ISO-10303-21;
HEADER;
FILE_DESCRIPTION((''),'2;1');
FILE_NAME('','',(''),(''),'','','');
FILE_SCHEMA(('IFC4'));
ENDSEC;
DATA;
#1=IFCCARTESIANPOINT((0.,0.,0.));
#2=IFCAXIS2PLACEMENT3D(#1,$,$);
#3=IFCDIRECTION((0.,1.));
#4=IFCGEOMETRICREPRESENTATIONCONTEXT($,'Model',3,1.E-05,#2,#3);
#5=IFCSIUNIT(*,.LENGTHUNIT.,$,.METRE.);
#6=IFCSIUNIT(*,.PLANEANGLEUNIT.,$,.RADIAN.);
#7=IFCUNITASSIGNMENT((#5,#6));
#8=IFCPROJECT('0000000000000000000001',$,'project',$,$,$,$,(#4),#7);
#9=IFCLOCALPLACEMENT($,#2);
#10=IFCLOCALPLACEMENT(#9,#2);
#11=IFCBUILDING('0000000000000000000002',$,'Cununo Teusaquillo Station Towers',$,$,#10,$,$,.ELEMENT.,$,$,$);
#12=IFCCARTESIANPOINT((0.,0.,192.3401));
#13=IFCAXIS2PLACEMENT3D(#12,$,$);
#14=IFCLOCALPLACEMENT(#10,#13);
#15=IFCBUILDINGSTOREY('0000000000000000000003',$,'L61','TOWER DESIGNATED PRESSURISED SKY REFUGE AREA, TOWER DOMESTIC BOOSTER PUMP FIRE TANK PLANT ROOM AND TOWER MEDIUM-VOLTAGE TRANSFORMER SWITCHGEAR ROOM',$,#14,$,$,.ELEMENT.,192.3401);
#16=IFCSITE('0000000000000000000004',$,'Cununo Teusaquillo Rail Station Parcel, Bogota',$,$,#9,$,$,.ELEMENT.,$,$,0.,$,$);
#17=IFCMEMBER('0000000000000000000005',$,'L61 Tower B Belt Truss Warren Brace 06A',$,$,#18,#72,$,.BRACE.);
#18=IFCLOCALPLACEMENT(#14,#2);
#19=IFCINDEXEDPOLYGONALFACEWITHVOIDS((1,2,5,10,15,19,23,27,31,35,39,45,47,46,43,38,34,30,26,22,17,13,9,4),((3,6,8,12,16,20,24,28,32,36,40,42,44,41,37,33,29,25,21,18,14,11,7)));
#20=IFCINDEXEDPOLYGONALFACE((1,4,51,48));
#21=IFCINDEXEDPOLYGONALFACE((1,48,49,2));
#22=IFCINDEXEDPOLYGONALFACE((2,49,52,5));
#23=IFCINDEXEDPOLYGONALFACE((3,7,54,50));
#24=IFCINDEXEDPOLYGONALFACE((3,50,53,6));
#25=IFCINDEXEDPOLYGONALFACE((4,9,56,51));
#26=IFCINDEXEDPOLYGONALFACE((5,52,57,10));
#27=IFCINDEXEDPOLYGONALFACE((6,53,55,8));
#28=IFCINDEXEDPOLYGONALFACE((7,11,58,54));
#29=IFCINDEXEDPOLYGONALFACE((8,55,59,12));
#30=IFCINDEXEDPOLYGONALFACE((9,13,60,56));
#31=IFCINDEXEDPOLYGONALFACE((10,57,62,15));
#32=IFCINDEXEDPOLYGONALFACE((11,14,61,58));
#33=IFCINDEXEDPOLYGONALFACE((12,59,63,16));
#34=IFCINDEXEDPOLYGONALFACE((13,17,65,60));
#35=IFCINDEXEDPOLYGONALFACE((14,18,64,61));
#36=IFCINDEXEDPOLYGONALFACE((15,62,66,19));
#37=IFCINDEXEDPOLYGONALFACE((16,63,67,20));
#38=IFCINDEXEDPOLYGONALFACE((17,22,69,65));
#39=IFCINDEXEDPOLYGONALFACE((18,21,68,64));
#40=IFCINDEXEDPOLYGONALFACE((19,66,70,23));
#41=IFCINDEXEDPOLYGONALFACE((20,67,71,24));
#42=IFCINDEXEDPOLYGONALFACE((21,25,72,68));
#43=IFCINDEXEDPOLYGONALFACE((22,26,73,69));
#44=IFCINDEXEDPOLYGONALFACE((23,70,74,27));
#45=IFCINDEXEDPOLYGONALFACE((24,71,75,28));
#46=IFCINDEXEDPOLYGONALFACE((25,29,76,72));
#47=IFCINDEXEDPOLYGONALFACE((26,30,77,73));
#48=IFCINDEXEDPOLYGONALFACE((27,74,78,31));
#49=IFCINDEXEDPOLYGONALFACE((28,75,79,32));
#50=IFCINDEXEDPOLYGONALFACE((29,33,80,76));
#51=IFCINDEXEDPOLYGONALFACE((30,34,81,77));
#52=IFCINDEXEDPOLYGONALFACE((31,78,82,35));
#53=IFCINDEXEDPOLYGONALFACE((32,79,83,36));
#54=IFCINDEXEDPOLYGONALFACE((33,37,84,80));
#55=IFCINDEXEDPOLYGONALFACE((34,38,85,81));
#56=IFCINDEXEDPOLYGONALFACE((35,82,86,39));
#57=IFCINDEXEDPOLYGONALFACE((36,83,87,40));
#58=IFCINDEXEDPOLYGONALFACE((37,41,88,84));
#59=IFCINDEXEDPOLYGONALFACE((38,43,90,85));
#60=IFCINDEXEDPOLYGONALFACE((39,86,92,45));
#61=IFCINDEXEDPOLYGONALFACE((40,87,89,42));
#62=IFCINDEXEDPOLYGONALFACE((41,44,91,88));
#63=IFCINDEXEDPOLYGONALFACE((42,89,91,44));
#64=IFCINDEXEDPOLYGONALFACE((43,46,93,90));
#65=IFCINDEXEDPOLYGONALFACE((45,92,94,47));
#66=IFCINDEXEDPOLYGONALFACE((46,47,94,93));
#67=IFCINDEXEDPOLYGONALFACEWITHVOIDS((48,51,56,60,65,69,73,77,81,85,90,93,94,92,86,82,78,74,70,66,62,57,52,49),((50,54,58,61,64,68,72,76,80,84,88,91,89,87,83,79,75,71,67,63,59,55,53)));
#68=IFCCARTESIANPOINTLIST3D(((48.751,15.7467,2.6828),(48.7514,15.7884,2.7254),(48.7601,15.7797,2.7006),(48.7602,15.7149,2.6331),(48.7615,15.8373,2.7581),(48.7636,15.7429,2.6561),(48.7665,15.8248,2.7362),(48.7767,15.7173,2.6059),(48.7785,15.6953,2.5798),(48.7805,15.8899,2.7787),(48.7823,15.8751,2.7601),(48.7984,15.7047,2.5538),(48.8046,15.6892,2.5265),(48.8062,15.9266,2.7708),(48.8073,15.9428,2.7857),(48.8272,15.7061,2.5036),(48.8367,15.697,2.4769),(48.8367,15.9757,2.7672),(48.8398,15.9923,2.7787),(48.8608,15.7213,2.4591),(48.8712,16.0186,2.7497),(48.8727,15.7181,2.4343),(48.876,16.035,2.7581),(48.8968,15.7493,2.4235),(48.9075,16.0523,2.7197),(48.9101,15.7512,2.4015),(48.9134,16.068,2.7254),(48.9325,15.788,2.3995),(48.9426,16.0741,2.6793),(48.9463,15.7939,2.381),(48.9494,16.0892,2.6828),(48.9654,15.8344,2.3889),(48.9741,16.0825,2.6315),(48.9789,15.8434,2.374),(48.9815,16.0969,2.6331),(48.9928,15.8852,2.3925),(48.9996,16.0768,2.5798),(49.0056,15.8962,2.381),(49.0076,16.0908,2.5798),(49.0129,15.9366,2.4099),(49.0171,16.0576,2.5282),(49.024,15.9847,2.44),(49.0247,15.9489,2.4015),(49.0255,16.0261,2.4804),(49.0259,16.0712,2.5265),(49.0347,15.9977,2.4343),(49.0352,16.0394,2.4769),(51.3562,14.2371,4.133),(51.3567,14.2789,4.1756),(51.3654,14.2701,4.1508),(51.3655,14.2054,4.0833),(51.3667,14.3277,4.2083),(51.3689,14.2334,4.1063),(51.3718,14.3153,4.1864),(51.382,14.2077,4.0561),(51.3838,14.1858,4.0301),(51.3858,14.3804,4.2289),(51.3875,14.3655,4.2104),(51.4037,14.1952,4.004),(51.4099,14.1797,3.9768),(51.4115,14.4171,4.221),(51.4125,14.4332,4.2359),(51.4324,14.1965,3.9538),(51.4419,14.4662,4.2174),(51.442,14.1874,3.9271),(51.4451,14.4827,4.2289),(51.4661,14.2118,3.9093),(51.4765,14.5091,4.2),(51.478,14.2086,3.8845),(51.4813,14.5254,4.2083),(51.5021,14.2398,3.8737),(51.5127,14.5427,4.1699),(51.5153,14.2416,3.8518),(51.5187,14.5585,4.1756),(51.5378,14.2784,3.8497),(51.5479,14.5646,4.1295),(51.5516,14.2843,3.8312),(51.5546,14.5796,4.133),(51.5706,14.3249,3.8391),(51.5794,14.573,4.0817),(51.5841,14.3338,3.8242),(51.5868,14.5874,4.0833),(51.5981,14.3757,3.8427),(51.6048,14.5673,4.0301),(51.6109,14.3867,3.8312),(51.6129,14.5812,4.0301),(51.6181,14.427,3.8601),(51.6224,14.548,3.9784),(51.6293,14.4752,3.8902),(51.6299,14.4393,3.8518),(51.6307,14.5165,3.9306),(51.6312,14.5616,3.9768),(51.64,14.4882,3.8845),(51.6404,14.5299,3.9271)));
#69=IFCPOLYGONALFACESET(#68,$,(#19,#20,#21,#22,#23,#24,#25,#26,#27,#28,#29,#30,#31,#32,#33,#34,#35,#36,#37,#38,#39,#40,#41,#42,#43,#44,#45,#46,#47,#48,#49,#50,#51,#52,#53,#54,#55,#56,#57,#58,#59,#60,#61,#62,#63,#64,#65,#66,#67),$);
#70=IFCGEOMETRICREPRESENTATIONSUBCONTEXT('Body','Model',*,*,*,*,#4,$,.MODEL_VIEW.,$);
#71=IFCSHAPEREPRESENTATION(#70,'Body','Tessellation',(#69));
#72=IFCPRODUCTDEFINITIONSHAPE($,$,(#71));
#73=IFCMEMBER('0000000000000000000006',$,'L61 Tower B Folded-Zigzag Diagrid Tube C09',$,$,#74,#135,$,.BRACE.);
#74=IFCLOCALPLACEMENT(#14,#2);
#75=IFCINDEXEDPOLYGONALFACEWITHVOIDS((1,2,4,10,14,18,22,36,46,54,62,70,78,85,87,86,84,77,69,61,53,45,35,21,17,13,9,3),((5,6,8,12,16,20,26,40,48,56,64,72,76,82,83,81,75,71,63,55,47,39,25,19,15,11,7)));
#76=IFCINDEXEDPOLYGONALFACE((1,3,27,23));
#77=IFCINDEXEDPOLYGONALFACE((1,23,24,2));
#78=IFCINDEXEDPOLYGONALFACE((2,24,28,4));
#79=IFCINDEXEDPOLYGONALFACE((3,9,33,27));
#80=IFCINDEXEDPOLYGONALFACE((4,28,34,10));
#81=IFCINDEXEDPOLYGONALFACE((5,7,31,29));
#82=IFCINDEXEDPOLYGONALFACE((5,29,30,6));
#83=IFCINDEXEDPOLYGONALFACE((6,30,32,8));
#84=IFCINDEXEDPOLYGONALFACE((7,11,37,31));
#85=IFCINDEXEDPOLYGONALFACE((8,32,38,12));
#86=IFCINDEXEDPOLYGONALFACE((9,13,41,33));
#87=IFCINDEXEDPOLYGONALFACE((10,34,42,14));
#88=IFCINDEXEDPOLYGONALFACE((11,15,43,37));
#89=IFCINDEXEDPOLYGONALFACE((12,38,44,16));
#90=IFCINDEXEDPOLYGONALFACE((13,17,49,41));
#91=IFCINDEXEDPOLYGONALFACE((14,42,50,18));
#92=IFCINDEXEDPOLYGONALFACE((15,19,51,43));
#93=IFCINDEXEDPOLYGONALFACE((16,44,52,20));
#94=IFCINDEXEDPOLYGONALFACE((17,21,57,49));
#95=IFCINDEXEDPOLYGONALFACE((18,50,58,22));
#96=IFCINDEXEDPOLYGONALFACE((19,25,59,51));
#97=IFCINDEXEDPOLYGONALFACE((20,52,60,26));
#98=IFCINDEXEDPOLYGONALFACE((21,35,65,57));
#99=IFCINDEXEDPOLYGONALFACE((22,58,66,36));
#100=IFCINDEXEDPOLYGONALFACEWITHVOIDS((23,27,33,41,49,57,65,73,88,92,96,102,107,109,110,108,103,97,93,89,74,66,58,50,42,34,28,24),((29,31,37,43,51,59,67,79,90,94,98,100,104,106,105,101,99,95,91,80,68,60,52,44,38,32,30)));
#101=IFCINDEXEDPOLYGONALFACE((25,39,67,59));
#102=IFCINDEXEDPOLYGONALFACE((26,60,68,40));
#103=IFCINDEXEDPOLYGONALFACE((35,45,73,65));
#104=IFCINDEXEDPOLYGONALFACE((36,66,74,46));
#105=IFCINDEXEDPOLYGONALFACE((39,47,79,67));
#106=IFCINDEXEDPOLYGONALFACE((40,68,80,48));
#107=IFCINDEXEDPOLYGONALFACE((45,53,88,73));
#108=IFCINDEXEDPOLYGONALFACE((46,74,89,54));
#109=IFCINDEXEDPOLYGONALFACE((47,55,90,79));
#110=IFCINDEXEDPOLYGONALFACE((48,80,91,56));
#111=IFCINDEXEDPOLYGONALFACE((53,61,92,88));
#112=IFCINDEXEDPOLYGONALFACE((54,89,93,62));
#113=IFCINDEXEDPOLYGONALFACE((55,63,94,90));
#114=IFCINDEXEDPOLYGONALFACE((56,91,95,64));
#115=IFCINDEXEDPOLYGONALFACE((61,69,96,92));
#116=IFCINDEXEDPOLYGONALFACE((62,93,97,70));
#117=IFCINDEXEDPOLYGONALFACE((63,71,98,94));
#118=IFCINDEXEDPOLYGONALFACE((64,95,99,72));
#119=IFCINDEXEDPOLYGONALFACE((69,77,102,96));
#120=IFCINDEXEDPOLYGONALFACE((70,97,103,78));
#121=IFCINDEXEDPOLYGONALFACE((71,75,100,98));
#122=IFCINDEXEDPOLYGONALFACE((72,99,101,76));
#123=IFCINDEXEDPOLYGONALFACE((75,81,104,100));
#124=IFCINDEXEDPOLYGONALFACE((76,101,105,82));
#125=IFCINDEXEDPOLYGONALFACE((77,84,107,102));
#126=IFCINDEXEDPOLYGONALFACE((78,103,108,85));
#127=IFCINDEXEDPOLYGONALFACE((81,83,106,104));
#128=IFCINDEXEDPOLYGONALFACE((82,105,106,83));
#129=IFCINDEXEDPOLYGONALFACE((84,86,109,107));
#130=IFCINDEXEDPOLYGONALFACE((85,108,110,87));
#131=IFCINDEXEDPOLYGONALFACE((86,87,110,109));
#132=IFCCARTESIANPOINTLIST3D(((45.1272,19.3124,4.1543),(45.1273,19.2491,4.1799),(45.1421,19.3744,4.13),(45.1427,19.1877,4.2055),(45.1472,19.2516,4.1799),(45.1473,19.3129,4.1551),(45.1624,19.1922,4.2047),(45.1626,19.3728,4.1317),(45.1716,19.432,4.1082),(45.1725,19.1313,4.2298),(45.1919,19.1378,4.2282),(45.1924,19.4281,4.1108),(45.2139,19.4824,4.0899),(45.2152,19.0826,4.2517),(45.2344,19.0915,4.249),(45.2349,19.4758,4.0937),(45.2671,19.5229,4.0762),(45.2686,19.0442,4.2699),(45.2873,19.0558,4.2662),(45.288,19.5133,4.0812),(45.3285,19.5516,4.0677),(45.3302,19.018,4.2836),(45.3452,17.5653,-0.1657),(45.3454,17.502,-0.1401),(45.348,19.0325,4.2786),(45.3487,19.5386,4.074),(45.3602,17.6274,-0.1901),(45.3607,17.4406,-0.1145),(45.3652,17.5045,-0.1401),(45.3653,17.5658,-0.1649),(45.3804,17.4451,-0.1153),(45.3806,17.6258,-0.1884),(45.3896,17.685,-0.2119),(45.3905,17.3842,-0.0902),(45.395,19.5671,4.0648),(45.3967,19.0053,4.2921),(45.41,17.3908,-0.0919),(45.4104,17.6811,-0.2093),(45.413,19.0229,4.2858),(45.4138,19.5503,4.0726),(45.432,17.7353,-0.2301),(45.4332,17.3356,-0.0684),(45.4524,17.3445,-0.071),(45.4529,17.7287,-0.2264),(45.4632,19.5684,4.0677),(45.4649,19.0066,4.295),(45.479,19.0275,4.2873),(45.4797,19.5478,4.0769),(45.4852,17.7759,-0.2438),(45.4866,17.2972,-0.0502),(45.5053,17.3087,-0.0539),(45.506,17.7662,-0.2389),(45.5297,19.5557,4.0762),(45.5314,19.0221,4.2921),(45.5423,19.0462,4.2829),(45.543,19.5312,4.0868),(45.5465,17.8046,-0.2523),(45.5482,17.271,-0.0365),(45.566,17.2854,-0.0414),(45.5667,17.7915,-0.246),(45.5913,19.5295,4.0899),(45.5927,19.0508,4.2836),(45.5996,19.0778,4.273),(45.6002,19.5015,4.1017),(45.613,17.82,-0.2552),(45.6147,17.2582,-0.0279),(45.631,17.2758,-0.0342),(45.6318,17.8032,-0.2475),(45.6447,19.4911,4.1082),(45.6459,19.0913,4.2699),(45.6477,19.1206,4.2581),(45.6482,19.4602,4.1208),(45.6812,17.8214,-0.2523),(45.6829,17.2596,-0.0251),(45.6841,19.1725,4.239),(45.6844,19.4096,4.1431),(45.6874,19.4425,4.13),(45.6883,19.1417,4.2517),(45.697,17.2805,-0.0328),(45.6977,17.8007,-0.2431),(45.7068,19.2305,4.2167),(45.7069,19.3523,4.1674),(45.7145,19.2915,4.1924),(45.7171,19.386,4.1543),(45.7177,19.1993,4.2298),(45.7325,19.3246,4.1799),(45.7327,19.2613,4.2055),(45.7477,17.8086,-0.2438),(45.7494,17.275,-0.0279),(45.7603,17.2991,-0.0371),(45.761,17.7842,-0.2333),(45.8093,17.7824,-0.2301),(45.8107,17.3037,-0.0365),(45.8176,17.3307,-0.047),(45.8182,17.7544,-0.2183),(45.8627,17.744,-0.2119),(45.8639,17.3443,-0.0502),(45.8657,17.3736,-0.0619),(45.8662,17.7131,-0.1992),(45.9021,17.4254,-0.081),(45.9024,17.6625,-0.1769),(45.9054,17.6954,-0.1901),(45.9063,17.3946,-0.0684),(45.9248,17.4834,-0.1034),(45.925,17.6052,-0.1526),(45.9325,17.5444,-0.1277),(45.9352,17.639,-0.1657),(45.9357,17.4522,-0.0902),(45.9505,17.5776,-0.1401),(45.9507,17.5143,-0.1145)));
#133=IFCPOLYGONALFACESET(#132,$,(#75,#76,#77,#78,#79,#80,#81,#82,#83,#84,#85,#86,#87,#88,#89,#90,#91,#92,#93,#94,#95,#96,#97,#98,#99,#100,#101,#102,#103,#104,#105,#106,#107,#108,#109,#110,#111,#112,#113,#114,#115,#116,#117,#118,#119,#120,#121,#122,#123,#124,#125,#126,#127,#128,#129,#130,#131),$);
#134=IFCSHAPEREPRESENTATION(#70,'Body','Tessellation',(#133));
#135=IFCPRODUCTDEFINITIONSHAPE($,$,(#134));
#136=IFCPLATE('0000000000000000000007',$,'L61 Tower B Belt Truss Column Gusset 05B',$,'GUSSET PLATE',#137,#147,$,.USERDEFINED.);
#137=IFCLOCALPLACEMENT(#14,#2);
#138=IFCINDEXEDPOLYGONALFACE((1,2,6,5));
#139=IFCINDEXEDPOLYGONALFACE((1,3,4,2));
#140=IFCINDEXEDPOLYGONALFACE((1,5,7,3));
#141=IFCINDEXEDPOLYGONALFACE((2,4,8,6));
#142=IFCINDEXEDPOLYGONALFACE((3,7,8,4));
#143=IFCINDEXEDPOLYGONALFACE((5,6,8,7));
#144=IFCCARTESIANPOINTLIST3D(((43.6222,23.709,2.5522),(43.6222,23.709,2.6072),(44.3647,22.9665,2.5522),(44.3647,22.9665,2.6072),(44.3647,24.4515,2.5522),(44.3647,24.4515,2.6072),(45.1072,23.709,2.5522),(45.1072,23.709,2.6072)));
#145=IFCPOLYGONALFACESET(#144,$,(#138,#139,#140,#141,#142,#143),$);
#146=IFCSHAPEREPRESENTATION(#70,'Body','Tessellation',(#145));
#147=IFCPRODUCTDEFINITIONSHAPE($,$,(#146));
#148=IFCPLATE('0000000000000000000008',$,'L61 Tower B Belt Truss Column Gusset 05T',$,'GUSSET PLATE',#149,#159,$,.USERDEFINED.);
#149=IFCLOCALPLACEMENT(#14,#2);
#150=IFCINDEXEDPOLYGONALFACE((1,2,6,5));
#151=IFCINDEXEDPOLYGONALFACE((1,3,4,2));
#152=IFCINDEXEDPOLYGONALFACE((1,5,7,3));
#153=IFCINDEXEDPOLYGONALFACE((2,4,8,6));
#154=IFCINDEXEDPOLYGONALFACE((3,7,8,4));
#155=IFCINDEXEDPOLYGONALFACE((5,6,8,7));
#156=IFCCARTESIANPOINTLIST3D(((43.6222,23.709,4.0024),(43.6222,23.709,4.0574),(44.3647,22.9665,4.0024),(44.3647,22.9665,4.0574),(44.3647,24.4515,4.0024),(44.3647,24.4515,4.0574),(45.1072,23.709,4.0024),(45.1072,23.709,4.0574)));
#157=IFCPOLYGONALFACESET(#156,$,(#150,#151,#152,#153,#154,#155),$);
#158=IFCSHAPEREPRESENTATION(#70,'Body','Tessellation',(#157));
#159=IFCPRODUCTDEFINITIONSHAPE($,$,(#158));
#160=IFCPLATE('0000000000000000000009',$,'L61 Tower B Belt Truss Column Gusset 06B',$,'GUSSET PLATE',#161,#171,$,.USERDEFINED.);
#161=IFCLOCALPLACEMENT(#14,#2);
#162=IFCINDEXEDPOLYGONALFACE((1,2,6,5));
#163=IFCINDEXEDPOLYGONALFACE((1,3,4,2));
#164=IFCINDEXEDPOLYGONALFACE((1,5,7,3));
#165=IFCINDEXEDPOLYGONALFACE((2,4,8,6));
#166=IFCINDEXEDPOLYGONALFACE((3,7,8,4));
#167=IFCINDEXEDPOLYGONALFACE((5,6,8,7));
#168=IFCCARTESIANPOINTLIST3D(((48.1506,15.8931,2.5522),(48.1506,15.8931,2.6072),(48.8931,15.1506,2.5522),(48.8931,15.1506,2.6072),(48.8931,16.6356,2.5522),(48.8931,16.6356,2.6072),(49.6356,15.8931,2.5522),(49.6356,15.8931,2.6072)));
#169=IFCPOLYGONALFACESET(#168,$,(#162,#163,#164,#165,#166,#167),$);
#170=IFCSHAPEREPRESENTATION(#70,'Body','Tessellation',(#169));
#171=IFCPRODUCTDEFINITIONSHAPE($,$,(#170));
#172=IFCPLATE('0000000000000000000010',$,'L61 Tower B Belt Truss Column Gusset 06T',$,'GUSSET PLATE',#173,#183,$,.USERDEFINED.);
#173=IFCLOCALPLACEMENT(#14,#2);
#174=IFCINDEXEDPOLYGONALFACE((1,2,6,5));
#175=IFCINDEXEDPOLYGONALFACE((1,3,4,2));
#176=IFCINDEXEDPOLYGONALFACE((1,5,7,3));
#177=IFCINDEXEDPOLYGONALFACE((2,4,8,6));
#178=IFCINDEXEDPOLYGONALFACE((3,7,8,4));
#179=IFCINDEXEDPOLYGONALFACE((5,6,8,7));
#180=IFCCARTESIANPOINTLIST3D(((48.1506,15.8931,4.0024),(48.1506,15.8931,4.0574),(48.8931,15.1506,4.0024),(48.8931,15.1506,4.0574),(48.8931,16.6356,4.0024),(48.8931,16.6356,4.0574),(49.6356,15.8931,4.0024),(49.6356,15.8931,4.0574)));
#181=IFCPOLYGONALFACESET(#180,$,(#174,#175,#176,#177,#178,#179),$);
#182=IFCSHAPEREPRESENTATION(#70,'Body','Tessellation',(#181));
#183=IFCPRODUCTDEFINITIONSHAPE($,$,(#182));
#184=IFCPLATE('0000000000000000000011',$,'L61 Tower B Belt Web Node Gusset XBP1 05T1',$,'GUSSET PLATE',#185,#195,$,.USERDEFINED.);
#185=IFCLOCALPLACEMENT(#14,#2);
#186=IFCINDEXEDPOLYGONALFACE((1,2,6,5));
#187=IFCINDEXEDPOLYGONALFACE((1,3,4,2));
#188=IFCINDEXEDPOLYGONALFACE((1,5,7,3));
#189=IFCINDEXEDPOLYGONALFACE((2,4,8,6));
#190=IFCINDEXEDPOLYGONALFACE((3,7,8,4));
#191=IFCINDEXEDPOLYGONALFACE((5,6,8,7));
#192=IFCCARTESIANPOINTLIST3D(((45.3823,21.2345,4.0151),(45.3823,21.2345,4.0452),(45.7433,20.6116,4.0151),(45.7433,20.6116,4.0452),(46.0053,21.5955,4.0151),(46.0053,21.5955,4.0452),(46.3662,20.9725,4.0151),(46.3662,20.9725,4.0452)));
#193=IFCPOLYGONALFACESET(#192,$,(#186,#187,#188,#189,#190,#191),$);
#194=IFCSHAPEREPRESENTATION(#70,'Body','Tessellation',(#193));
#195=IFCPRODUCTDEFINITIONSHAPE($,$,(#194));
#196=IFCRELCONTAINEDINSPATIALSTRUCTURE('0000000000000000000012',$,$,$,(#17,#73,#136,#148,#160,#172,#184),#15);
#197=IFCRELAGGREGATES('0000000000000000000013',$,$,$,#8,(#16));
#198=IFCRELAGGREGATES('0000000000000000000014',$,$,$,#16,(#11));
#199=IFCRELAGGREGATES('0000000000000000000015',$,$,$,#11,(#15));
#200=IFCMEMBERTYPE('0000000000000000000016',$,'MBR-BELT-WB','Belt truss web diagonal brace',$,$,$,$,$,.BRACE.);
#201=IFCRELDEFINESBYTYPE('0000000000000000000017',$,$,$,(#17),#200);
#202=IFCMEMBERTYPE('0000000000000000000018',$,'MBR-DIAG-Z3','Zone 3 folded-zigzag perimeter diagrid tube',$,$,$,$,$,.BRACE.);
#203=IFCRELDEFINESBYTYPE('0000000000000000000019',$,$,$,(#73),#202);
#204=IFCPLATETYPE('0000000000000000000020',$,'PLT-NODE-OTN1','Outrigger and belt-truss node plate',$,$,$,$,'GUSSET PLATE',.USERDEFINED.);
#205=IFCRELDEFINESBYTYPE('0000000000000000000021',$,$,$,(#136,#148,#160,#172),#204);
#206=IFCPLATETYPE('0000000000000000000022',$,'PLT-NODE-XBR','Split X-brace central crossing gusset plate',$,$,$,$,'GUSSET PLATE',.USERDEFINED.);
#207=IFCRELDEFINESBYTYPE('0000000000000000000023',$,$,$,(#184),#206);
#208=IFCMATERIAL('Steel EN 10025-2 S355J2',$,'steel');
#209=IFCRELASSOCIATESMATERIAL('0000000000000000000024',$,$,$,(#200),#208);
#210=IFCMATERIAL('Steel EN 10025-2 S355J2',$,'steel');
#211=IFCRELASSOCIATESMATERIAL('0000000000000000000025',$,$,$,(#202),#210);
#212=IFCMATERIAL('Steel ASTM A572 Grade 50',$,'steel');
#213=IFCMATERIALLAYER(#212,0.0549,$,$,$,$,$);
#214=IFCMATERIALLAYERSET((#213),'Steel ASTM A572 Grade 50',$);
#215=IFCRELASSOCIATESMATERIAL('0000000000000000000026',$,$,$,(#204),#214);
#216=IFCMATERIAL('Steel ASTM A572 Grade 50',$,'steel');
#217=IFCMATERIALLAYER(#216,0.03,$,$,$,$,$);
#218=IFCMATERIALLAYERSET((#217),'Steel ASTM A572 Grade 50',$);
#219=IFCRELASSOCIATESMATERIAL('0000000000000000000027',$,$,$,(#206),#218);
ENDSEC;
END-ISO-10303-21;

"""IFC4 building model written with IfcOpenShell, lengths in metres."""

from ifc_helpers import new_model, si_unit, direction, frame, origin, origin_2d, place, context, subcontext, project, spatial, rectangle, hollow_circle, extrude, source, transform, mapped, material, layer, layer_set, material_profile, profile_set, type_object, element, save


model = new_model("IFC4")

# Units and contexts
model_context = context("Model", 3, precision=1e-05, world=origin(), true_north=direction((0.0, 1.0)))
body_context = subcontext(model_context, "Body", "Model", "MODEL_VIEW")
ifc_project = project(units=[si_unit("LENGTHUNIT", "METRE"), si_unit("PLANEANGLEUNIT", "RADIAN")], contexts=[model_context])

# Site, building, storey
site_placement = place(None, origin())
site = spatial("IfcSite", under=ifc_project, at=site_placement, Name="Cununo Teusaquillo Rail Station Parcel, Bogota", CompositionType="ELEMENT", RefElevation=0.0)
building_placement = place(site_placement, origin())
building = spatial("IfcBuilding", under=site, at=building_placement, Name="Cununo Teusaquillo Station Towers", CompositionType="ELEMENT")
storey_placement = place(building_placement, frame((0.0, 0.0, 192.3401)))
storey = spatial("IfcBuildingStorey", under=building, at=storey_placement, Name="L61", Description="TOWER DESIGNATED PRESSURISED SKY REFUGE AREA, TOWER DOMESTIC BOOSTER PUMP FIRE TANK PLANT ROOM AND TOWER MEDIUM-VOLTAGE TRANSFORMER SWITCHGEAR ROOM", CompositionType="ELEMENT", Elevation=192.3401)

# Members
ifc_material_1 = material(Name="Steel EN 10025-2 S355J2", Category="steel")
ifc_material_profile_1 = material_profile(ifc_material_1, hollow_circle(Radius=0.2285, WallThickness=0.0161, at=origin_2d()), Name="CHS 457x16")
ifc_profile_set_1 = profile_set([ifc_material_profile_1], Name="Steel EN 10025-2 S355J2")
member_type_1 = type_object("IfcMemberType", Name="MBR-BELT-WB", Description="Belt truss web diagonal brace", PredefinedType="BRACE", material=ifc_profile_set_1)
for number, where, z_axis, x_axis, name in (
    (1, (48.8931, 15.8931, 2.5798), (0.779542, -0.451683, 0.433931), (0.501343, 0.865249, 0.0), "L61 Tower B Belt Truss Warren Brace 06A"),
):
    element("IfcMember", number, at=place(storey_placement, frame(where, z_axis=z_axis, x_axis=x_axis)), inside=storey, type_object=member_type_1, Name=name, PredefinedType="BRACE", context=body_context, shape_type="SweptSolid", body=[
        extrude(hollow_circle(Radius=0.2285, WallThickness=0.0161, at=origin_2d()), origin(), (0.0, 0.0, 1.0), 3.342),
    ])
ifc_material_2 = material(Name="Steel EN 10025-2 S355J2", Category="steel")
ifc_material_profile_2 = material_profile(ifc_material_2, hollow_circle(Radius=0.3049, WallThickness=0.02, at=origin_2d()), Name="CHS 610x20")
ifc_profile_set_2 = profile_set([ifc_material_profile_2], Name="Steel EN 10025-2 S355J2")
member_type_2 = type_object("IfcMemberType", Name="MBR-DIAG-Z3", Description="Zone 3 folded-zigzag perimeter diagrid tube", PredefinedType="BRACE", material=ifc_profile_set_2)
member_1_placement = place(storey_placement, frame((45.6479, 17.5398, -0.1401), z_axis=(-0.046734, 0.374501, 0.926048), x_axis=(-0.992303, -0.12383, 0.0)))
element("IfcMember", 2, at=member_1_placement, inside=storey, type_object=member_type_2, Name="L61 Tower B Folded-Zigzag Diagrid Tube C09", PredefinedType="BRACE", context=body_context, shape_type="SweptSolid", body=[
    extrude(hollow_circle(Radius=0.3049, WallThickness=0.02, at=origin_2d()), origin(), (0.0, 0.0, 1.0), 4.665),
])

# Plates
ifc_material_3 = material(Name="Steel ASTM A572 Grade 50", Category="steel")
ifc_layer_1 = layer(ifc_material_3, 0.0549)
ifc_layer_set_1 = layer_set([ifc_layer_1], Name="Steel ASTM A572 Grade 50")
plate_type_1 = type_object("IfcPlateType", Name="PLT-NODE-OTN1", Description="Outrigger and belt-truss node plate", ElementType="GUSSET PLATE", PredefinedType="USERDEFINED", material=ifc_layer_set_1)
shared_shape_1 = source(origin(), body_context, "Body", "SweptSolid", [
    extrude(rectangle(XDim=1.05, YDim=1.05, at=origin_2d()), origin(), (0.0, 0.0, 1.0), 0.0549),
])
for number, where, z_axis, x_axis, name in (
    (3, (44.3647, 23.709, 2.5522), (0.0, 0.0, 1.0), (0.707107, 0.707107, 0.0), "L61 Tower B Belt Truss Column Gusset 05B"),
    (4, (44.3647, 23.709, 4.0024), (0.0, 0.0, 1.0), (0.707107, 0.707107, 0.0), "L61 Tower B Belt Truss Column Gusset 05T"),
    (5, (48.8931, 15.8931, 2.5522), (0.0, 0.0, 1.0), (0.707107, 0.707107, 0.0), "L61 Tower B Belt Truss Column Gusset 06B"),
    (6, (48.8931, 15.8931, 4.0024), (0.0, 0.0, 1.0), (0.707107, 0.707107, 0.0), "L61 Tower B Belt Truss Column Gusset 06T"),
):
    element("IfcPlate", number, at=place(storey_placement, frame(where, z_axis=z_axis, x_axis=x_axis)), inside=storey, type_object=plate_type_1, Name=name, ObjectType="GUSSET PLATE", PredefinedType="USERDEFINED", context=body_context, shape_type="MappedRepresentation", body=[
        mapped(shared_shape_1, transform((0.0, 0.0, 0.0), x_axis=(1.0, 0.0, 0.0), y_axis=(0.0, 1.0, 0.0), z_axis=(0.0, 0.0, 1.0), scale=1.0)),
    ])
ifc_material_4 = material(Name="Steel ASTM A572 Grade 50", Category="steel")
ifc_layer_2 = layer(ifc_material_4, 0.03)
ifc_layer_set_2 = layer_set([ifc_layer_2], Name="Steel ASTM A572 Grade 50")
plate_type_2 = type_object("IfcPlateType", Name="PLT-NODE-XBR", Description="Split X-brace central crossing gusset plate", ElementType="GUSSET PLATE", PredefinedType="USERDEFINED", material=ifc_layer_set_2)
shared_shape_2 = source(origin(), body_context, "Body", "SweptSolid", [
    extrude(rectangle(XDim=0.72, YDim=0.72, at=origin_2d()), origin(), (0.0, 0.0, 1.0), 0.03),
])
for number, where, z_axis, x_axis, name in (
    (7, (45.8743, 21.1035, 4.0151), (0.0, 0.0, 1.0), (0.50136, -0.865239, 0.0), "L61 Tower B Belt Web Node Gusset XBP1 05T1"),
):
    element("IfcPlate", number, at=place(storey_placement, frame(where, z_axis=z_axis, x_axis=x_axis)), inside=storey, type_object=plate_type_2, Name=name, ObjectType="GUSSET PLATE", PredefinedType="USERDEFINED", context=body_context, shape_type="MappedRepresentation", body=[
        mapped(shared_shape_2, transform((0.0, 0.0, 0.0), x_axis=(1.0, 0.0, 0.0), y_axis=(0.0, 1.0, 0.0), z_axis=(0.0, 0.0, 1.0), scale=1.0)),
    ])

save(model, "model.ifc")
